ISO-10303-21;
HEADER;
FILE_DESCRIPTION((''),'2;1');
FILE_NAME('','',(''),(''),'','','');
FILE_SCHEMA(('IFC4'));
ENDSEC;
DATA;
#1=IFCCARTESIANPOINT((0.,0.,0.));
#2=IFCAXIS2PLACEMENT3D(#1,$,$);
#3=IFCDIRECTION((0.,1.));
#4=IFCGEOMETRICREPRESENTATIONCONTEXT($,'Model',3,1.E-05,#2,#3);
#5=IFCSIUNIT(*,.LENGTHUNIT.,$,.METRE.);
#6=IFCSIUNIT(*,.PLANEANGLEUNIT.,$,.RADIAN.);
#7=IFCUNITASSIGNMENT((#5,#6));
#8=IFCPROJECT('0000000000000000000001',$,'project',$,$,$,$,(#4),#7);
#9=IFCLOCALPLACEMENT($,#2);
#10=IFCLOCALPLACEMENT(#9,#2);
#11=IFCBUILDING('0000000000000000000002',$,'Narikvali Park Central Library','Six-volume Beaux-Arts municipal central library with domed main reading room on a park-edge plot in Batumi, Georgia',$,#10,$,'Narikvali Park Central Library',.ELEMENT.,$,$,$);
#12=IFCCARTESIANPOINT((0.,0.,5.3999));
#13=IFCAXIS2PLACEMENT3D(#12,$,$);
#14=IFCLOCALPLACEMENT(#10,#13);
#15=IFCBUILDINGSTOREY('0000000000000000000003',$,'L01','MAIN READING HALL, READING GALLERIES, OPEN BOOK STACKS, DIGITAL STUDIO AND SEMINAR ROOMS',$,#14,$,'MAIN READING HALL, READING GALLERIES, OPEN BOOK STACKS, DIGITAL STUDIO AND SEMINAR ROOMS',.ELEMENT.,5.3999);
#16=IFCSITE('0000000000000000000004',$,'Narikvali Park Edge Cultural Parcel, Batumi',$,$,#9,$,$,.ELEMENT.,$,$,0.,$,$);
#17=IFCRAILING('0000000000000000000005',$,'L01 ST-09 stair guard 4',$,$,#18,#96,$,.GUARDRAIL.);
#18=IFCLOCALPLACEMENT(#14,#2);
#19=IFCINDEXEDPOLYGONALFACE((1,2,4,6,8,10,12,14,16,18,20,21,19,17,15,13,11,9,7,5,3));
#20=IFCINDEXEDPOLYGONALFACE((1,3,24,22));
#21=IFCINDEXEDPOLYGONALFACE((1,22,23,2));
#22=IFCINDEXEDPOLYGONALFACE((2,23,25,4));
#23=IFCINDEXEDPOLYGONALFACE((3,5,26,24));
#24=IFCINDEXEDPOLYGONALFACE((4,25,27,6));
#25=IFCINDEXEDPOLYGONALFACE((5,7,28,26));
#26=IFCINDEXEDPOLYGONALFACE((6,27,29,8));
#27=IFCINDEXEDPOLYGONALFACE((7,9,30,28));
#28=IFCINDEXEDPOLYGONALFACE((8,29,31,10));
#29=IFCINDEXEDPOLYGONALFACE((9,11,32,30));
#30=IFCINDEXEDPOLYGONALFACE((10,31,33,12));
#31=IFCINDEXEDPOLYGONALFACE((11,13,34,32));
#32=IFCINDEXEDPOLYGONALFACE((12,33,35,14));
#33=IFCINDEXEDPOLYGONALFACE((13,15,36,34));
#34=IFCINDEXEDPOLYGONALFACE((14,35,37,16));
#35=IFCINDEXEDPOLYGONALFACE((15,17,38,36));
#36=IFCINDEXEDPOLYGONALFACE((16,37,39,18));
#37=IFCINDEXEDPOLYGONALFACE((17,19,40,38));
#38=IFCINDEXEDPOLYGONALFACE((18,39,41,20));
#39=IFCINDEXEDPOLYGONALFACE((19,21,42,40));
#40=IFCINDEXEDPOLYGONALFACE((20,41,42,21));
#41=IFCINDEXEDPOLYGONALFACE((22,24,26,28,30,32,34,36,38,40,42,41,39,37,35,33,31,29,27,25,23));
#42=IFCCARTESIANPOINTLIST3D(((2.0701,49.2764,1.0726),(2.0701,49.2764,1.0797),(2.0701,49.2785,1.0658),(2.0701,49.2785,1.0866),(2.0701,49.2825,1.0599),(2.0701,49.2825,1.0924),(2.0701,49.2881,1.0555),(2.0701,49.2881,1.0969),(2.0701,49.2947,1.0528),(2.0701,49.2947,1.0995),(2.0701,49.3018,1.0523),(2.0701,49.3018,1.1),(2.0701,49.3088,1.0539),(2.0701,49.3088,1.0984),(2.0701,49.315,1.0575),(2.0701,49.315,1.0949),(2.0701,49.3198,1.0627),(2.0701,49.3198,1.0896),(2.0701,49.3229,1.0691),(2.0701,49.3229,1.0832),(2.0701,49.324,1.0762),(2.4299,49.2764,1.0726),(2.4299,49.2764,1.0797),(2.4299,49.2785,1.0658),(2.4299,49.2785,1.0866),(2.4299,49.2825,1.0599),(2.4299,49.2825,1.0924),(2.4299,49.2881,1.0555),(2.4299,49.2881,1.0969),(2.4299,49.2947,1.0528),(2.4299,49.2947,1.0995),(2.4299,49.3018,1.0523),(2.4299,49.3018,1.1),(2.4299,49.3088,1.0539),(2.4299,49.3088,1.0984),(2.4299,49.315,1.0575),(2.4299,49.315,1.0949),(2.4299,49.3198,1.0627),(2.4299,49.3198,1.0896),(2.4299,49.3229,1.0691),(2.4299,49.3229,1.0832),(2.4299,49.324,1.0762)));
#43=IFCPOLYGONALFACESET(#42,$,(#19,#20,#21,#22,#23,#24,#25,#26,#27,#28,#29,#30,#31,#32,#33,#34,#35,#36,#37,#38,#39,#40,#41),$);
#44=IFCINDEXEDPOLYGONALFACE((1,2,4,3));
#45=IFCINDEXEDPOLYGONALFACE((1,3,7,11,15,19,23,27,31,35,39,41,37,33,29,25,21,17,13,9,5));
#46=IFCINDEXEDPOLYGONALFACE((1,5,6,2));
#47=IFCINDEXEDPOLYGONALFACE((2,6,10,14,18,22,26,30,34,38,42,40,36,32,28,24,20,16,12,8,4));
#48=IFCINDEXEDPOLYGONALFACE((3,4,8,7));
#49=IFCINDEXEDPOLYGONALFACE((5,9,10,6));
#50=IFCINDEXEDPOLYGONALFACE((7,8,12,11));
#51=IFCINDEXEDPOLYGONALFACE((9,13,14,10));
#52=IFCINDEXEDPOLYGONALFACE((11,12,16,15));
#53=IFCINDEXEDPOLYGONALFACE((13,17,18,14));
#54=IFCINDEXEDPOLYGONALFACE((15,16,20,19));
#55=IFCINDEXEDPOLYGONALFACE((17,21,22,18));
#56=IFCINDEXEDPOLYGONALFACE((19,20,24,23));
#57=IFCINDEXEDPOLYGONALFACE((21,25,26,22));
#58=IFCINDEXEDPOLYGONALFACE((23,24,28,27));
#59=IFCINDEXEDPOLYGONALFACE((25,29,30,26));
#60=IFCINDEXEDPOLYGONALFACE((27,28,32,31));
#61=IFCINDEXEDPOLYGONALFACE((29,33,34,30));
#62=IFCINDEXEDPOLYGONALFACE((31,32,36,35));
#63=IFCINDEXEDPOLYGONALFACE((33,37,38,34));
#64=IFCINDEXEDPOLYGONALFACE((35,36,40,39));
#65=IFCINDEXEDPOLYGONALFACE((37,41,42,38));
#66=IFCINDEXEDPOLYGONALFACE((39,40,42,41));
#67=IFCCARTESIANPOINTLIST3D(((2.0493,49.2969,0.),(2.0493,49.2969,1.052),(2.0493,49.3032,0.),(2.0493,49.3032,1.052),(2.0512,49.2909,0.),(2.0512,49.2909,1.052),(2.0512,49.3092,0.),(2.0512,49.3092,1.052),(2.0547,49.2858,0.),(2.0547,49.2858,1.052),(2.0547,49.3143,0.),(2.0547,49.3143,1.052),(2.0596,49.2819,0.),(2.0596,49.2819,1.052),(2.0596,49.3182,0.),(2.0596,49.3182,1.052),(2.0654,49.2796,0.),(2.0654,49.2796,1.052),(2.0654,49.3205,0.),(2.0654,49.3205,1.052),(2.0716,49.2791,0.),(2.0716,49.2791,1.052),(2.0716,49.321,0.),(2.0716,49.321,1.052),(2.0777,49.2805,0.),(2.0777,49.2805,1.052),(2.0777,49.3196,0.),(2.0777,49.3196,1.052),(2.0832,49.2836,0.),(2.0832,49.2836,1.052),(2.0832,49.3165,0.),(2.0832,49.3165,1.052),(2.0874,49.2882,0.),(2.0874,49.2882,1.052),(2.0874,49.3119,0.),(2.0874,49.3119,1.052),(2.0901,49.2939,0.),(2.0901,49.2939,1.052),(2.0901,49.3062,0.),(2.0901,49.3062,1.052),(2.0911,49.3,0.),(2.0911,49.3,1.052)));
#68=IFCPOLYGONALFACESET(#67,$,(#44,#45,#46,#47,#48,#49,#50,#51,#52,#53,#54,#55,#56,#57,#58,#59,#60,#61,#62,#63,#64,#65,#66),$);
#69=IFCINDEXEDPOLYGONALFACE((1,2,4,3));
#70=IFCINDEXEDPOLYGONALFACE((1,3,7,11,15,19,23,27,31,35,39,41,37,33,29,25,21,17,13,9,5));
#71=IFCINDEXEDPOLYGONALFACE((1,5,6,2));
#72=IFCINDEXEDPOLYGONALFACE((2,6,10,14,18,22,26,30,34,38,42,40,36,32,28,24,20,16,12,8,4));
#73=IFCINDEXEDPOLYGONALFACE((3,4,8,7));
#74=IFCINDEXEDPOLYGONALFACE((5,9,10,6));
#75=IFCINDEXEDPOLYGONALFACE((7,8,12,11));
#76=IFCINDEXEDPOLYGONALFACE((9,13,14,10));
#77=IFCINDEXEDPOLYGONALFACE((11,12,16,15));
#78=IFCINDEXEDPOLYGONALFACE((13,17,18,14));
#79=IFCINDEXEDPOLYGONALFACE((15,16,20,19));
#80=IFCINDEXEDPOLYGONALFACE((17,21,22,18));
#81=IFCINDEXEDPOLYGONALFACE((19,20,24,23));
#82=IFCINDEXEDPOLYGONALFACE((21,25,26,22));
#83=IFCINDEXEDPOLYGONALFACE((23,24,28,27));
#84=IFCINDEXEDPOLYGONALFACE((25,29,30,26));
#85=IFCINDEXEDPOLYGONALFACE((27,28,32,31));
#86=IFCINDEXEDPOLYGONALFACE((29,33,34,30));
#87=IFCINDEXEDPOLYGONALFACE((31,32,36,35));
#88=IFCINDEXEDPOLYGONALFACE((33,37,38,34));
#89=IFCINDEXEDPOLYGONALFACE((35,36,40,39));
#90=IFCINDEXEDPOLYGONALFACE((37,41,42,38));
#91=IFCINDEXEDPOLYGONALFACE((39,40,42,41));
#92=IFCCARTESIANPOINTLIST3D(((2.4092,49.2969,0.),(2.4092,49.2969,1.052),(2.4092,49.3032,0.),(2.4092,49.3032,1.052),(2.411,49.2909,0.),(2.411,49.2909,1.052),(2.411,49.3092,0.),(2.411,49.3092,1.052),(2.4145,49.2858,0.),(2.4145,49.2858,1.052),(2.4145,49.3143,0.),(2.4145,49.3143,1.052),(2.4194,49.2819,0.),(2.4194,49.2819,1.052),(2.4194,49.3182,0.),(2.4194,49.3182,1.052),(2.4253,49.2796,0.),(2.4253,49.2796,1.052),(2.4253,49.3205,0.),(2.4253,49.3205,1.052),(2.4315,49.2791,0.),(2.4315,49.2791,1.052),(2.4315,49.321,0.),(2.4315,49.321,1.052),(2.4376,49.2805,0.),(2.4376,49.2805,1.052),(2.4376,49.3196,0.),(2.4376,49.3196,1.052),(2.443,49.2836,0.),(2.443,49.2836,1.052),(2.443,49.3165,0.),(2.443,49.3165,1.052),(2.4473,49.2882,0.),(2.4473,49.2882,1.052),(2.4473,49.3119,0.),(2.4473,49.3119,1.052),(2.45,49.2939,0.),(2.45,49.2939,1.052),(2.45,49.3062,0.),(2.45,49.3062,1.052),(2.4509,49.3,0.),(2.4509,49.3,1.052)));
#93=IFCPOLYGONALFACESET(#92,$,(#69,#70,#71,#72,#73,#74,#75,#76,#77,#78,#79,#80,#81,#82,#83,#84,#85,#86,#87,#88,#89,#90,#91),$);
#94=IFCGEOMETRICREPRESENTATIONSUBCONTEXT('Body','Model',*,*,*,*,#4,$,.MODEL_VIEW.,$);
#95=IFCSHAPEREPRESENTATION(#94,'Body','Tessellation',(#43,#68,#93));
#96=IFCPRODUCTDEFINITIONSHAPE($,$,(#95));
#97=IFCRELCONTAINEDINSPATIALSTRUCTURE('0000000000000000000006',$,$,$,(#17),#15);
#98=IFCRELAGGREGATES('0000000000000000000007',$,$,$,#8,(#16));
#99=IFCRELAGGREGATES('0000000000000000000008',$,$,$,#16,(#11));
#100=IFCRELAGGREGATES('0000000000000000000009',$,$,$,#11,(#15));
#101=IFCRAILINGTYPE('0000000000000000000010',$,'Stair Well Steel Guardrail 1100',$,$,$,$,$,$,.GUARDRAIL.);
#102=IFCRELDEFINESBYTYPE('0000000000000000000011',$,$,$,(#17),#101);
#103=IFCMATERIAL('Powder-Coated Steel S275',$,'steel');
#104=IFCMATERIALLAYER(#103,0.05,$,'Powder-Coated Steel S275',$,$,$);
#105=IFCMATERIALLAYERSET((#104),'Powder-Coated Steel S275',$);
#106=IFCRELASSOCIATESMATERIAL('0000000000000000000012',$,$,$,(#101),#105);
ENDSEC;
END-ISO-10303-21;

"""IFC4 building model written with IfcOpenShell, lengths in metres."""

from ifc_helpers import new_model, si_unit, direction, frame, origin, origin_2d, place, context, subcontext, project, spatial, circle, extrude, material, layer, layer_set, type_object, element, save


model = new_model("IFC4")

# Units and contexts
model_context = context("Model", 3, precision=1e-05, world=origin(), true_north=direction((0.0, 1.0)))
body_context = subcontext(model_context, "Body", "Model", "MODEL_VIEW")
ifc_project = project(units=[si_unit("LENGTHUNIT", "METRE"), si_unit("PLANEANGLEUNIT", "RADIAN")], contexts=[model_context])

# Site, building, storey
site_placement = place(None, origin())
site = spatial("IfcSite", under=ifc_project, at=site_placement, Name="Narikvali Park Edge Cultural Parcel, Batumi", CompositionType="ELEMENT", RefElevation=0.0)
building_placement = place(site_placement, origin())
building = spatial("IfcBuilding", under=site, at=building_placement, Name="Narikvali Park Central Library", Description="Six-volume Beaux-Arts municipal central library with domed main reading room on a park-edge plot in Batumi, Georgia", LongName="Narikvali Park Central Library", CompositionType="ELEMENT")
storey_placement = place(building_placement, frame((0.0, 0.0, 5.3999)))
storey = spatial("IfcBuildingStorey", under=building, at=storey_placement, Name="L01", Description="MAIN READING HALL, READING GALLERIES, OPEN BOOK STACKS, DIGITAL STUDIO AND SEMINAR ROOMS", LongName="MAIN READING HALL, READING GALLERIES, OPEN BOOK STACKS, DIGITAL STUDIO AND SEMINAR ROOMS", CompositionType="ELEMENT", Elevation=5.3999)

# Railing
ifc_material_1 = material(Name="Powder-Coated Steel S275", Category="steel")
ifc_layer_1 = layer(ifc_material_1, 0.05, Name="Powder-Coated Steel S275")
ifc_layer_set_1 = layer_set([ifc_layer_1], Name="Powder-Coated Steel S275")
railing_type_1 = type_object("IfcRailingType", Name="Stair Well Steel Guardrail 1100", PredefinedType="GUARDRAIL", material=ifc_layer_set_1)
railing_1_placement = place(storey_placement, frame((2.0701, 49.3, 0.0)))
element("IfcRailing", 1, at=railing_1_placement, inside=storey, type_object=railing_type_1, Name="L01 ST-09 stair guard 4", PredefinedType="GUARDRAIL", context=body_context, shape_type="SweptSolid", body=[
    extrude(circle(Radius=0.0239, at=origin_2d()), frame((0.0, 0.0, 1.0762), z_axis=(1.0, 0.0, 0.0), x_axis=(0.0, 1.0, 0.0)), (0.0, 0.0, 1.0), 0.3599),
    extrude(circle(Radius=0.021, at=origin_2d()), origin(), (0.0, 0.0, 1.0), 1.052),
    extrude(circle(Radius=0.021, at=origin_2d()), frame((0.3599, 0.0, 0.0)), (0.0, 0.0, 1.0), 1.052),
])

save(model, "model.ifc")
